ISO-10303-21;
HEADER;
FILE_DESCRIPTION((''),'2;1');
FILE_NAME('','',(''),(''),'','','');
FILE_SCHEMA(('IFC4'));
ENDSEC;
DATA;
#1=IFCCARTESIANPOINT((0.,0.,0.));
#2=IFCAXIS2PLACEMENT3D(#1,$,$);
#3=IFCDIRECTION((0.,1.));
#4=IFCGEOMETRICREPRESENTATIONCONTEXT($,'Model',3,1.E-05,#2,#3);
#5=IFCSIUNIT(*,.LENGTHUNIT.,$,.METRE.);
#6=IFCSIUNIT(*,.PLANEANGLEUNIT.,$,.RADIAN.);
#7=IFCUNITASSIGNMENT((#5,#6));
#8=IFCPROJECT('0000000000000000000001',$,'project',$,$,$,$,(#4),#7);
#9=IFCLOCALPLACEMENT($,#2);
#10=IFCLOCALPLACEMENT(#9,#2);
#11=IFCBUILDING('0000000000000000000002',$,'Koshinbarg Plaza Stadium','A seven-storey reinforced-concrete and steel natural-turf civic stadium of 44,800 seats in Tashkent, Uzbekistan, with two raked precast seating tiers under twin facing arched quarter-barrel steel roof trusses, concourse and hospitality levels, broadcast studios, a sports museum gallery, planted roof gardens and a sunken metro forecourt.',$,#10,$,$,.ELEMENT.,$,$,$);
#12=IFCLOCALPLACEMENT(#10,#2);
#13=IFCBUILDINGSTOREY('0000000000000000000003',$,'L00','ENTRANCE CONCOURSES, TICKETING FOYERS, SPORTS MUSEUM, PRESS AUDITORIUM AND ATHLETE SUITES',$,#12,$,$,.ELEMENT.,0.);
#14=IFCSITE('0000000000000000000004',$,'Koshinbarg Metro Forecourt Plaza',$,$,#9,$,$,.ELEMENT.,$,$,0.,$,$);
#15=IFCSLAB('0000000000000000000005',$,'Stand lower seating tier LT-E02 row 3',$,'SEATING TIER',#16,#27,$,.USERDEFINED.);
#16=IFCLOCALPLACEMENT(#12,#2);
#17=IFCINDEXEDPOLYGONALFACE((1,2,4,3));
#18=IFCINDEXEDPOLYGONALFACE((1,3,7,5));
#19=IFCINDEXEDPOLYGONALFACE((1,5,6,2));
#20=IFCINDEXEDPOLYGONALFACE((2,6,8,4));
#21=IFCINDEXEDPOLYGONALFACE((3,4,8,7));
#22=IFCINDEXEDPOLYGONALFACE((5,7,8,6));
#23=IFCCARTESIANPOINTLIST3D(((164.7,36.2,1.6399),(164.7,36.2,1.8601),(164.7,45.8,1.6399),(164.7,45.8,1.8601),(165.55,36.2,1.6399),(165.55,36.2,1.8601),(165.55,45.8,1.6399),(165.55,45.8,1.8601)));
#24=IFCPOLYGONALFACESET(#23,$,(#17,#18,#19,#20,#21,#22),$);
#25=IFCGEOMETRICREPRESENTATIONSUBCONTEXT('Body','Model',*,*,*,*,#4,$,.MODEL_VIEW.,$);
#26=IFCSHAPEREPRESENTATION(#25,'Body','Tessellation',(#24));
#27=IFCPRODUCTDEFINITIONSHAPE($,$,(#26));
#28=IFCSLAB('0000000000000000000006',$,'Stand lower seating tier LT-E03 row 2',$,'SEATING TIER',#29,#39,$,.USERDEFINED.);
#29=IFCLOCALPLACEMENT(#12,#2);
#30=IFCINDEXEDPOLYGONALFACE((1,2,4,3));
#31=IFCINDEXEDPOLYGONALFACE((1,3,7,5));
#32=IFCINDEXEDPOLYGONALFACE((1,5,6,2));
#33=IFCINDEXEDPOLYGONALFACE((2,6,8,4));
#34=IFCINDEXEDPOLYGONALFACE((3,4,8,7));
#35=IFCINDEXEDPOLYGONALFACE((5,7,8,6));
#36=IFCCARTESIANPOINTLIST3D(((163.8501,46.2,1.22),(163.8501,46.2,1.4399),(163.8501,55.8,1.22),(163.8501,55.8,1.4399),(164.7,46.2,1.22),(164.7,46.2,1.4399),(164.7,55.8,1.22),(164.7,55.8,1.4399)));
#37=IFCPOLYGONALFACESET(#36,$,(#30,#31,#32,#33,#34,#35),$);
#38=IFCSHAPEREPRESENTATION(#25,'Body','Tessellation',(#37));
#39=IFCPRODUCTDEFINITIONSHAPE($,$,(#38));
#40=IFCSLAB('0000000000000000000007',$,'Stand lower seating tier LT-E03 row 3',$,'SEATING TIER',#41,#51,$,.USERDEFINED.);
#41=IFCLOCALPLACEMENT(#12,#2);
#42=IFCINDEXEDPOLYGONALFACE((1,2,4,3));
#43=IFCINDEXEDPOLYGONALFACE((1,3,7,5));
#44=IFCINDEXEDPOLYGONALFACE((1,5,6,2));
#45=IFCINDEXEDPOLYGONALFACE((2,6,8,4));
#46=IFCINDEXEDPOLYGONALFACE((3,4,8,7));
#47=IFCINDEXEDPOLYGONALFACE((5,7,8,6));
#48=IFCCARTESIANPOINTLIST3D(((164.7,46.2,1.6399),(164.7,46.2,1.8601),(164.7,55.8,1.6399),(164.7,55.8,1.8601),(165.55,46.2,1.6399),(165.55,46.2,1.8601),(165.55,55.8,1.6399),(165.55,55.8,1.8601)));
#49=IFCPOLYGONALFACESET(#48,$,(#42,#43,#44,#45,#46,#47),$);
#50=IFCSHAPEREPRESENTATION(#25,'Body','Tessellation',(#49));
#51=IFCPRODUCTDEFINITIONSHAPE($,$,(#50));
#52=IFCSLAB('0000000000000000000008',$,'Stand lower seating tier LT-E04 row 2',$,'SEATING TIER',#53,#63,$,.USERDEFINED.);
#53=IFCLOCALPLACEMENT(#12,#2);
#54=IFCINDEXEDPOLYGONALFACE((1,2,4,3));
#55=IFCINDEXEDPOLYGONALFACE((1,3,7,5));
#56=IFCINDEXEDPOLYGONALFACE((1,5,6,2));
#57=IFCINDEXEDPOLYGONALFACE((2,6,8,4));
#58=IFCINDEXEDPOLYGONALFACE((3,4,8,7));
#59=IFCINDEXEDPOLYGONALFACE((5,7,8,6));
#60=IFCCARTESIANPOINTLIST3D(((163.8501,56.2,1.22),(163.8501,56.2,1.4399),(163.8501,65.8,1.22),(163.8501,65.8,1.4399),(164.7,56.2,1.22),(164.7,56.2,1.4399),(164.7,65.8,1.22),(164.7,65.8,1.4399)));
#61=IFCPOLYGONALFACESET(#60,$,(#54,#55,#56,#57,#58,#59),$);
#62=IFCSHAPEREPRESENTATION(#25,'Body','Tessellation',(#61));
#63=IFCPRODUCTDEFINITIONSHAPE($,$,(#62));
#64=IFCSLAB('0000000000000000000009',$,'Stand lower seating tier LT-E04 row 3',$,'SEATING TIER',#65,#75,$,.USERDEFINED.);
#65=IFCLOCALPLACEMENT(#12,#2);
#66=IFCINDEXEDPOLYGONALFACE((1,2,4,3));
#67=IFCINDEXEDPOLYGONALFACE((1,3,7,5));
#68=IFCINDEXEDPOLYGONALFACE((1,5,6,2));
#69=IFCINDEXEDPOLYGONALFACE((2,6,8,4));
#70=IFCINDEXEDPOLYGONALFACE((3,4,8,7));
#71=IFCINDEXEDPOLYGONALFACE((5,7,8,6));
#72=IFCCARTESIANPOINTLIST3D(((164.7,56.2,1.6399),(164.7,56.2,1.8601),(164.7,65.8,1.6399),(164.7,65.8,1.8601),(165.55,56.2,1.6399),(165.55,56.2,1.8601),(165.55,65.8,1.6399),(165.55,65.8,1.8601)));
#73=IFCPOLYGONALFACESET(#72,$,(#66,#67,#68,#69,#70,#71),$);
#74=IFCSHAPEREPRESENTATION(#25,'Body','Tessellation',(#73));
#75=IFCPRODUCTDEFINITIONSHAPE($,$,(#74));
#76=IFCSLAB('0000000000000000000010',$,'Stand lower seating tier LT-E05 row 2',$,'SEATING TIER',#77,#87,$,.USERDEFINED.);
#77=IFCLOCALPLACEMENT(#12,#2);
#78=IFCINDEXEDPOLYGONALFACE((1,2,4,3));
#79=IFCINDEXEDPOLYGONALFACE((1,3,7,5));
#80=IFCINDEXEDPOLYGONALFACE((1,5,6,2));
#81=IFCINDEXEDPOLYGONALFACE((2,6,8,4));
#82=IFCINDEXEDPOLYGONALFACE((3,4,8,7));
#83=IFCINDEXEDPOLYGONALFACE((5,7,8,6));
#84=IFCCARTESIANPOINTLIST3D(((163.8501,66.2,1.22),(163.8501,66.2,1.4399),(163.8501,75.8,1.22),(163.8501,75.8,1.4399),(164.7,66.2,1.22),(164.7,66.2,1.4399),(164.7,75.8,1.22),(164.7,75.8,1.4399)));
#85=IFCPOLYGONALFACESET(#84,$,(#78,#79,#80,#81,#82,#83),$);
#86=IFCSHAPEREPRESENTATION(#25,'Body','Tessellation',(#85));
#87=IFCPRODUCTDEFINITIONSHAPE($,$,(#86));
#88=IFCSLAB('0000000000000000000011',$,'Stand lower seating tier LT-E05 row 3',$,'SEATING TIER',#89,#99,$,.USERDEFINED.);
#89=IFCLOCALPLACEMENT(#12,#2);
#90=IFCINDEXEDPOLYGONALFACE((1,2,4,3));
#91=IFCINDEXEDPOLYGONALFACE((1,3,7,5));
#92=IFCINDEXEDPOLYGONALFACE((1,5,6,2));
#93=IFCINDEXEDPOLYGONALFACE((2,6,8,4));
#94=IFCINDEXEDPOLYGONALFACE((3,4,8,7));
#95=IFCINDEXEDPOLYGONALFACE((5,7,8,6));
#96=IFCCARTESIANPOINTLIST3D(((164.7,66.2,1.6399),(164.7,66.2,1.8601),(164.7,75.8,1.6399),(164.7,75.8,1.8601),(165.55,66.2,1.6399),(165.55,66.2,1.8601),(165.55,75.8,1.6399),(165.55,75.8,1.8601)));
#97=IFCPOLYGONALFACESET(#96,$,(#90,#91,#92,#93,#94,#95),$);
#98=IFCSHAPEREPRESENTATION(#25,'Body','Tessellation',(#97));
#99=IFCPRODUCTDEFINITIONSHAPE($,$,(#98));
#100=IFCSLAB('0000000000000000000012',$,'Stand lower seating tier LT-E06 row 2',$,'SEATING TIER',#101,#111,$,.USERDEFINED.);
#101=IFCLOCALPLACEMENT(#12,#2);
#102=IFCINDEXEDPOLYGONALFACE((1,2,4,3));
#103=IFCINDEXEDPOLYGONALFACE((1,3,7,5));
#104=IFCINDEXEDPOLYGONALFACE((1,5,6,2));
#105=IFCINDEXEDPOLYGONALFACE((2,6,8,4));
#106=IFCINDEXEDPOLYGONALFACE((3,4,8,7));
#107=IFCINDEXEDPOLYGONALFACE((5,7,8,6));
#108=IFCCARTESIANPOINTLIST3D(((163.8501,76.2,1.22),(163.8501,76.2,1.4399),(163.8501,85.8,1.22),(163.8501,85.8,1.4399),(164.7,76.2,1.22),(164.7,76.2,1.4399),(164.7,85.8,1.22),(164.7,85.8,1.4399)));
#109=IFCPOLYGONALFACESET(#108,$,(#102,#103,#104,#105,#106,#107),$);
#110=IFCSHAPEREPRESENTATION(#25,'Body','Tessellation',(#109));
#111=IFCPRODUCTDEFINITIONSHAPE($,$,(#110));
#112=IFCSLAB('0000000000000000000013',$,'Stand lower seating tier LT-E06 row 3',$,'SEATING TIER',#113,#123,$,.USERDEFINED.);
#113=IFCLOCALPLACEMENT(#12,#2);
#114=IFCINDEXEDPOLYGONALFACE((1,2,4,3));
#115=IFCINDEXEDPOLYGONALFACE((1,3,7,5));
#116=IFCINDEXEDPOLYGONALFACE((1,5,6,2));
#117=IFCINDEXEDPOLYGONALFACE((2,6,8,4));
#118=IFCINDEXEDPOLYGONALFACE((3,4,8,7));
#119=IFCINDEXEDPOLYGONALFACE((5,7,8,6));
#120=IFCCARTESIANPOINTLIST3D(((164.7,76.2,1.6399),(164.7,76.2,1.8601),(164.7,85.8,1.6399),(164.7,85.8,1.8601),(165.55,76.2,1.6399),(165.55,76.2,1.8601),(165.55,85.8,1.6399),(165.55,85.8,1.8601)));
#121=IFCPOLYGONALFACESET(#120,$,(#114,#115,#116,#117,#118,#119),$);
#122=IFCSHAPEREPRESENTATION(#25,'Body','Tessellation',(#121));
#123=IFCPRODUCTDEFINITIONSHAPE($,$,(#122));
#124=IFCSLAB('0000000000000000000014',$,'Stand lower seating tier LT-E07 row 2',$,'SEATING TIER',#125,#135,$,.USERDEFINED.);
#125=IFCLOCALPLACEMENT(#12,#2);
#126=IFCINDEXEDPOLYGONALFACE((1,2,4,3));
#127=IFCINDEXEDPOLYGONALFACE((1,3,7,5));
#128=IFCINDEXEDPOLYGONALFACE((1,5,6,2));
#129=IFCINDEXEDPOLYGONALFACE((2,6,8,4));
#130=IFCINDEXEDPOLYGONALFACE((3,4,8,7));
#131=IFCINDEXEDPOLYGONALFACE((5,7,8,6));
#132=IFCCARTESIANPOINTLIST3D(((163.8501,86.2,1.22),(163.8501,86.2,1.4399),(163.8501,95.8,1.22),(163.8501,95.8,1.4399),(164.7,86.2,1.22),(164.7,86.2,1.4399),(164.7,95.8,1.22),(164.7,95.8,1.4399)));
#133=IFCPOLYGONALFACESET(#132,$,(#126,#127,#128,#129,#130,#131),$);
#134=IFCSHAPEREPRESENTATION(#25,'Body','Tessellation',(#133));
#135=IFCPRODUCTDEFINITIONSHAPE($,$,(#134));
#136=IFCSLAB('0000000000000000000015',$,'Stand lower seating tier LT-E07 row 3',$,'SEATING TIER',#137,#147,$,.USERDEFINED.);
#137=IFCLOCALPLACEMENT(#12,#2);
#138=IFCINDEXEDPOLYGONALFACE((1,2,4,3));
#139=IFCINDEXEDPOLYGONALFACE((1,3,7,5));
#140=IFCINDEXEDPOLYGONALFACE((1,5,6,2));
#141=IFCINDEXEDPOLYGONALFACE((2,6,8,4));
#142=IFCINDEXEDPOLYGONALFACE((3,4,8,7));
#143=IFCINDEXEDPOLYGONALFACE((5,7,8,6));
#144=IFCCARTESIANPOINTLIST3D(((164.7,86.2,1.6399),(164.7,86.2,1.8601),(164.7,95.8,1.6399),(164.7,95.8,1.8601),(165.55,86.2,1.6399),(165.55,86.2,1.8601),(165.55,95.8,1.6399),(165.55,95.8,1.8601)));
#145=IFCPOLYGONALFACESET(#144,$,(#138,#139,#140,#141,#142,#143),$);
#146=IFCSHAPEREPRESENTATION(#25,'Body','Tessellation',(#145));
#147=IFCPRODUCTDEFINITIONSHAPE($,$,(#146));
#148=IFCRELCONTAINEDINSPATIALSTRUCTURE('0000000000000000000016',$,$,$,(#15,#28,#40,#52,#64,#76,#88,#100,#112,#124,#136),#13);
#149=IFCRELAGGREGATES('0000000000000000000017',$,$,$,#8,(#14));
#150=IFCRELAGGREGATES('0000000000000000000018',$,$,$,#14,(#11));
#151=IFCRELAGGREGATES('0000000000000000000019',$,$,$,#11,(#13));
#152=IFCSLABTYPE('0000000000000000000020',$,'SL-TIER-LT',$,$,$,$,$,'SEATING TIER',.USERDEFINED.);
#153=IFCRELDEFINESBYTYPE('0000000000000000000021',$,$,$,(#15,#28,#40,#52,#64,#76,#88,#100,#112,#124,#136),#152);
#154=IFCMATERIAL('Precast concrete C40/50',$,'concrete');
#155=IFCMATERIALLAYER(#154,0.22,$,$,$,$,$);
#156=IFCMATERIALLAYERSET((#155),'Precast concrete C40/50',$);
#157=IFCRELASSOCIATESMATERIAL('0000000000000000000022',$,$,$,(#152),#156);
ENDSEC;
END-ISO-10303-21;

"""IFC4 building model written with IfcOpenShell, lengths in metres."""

from ifc_helpers import new_model, si_unit, direction, frame, origin, place, context, subcontext, project, spatial, polyline, outline, extrude, material, layer, layer_set, type_object, element, save


model = new_model("IFC4")

# Units and contexts
model_context = context("Model", 3, precision=1e-05, world=origin(), true_north=direction((0.0, 1.0)))
body_context = subcontext(model_context, "Body", "Model", "MODEL_VIEW")
ifc_project = project(units=[si_unit("LENGTHUNIT", "METRE"), si_unit("PLANEANGLEUNIT", "RADIAN")], contexts=[model_context])

# Site, building, storey
site_placement = place(None, origin())
site = spatial("IfcSite", under=ifc_project, at=site_placement, Name="Koshinbarg Metro Forecourt Plaza", CompositionType="ELEMENT", RefElevation=0.0)
building_placement = place(site_placement, origin())
building = spatial("IfcBuilding", under=site, at=building_placement, Name="Koshinbarg Plaza Stadium", Description="A seven-storey reinforced-concrete and steel natural-turf civic stadium of 44,800 seats in Tashkent, Uzbekistan, with two raked precast seating tiers under twin facing arched quarter-barrel steel roof trusses, concourse and hospitality levels, broadcast studios, a sports museum gallery, planted roof gardens and a sunken metro forecourt.", CompositionType="ELEMENT")
storey_placement = place(building_placement, origin())
storey = spatial("IfcBuildingStorey", under=building, at=storey_placement, Name="L00", Description="ENTRANCE CONCOURSES, TICKETING FOYERS, SPORTS MUSEUM, PRESS AUDITORIUM AND ATHLETE SUITES", CompositionType="ELEMENT", Elevation=0.0)

# Slabs
ifc_material = material(Name="Precast concrete C40/50", Category="concrete")
ifc_layer = layer(ifc_material, 0.22)
ifc_layer_set = layer_set([ifc_layer], Name="Precast concrete C40/50")
slab_type = type_object("IfcSlabType", Name="SL-TIER-LT", ElementType="SEATING TIER", PredefinedType="USERDEFINED", material=ifc_layer_set)
slab_1_placement = place(storey_placement, frame((0.0, 0.0, 1.6399)))
element("IfcSlab", 1, at=slab_1_placement, inside=storey, type_object=slab_type, Name="Stand lower seating tier LT-E02 row 3", ObjectType="SEATING TIER", PredefinedType="USERDEFINED", context=body_context, shape_type="SweptSolid", body=[
    extrude(outline(polyline([(164.7, 36.2), (165.55, 36.2), (165.55, 45.8), (164.7, 45.8), (164.7, 36.2)])), origin(), (0.0, 0.0, 1.0), 0.2202),
])
slab_2_placement = place(storey_placement, frame((0.0, 0.0, 1.22)))
element("IfcSlab", 2, at=slab_2_placement, inside=storey, type_object=slab_type, Name="Stand lower seating tier LT-E03 row 2", ObjectType="SEATING TIER", PredefinedType="USERDEFINED", context=body_context, shape_type="SweptSolid", body=[
    extrude(outline(polyline([(163.8501, 46.2), (164.7, 46.2), (164.7, 55.8), (163.8501, 55.8), (163.8501, 46.2)])), origin(), (0.0, 0.0, 1.0), 0.22),
])
slab_3_placement = place(storey_placement, frame((0.0, 0.0, 1.6399)))
element("IfcSlab", 3, at=slab_3_placement, inside=storey, type_object=slab_type, Name="Stand lower seating tier LT-E03 row 3", ObjectType="SEATING TIER", PredefinedType="USERDEFINED", context=body_context, shape_type="SweptSolid", body=[
    extrude(outline(polyline([(164.7, 46.2), (165.55, 46.2), (165.55, 55.8), (164.7, 55.8), (164.7, 46.2)])), origin(), (0.0, 0.0, 1.0), 0.2202),
])
slab_4_placement = place(storey_placement, frame((0.0, 0.0, 1.22)))
element("IfcSlab", 4, at=slab_4_placement, inside=storey, type_object=slab_type, Name="Stand lower seating tier LT-E04 row 2", ObjectType="SEATING TIER", PredefinedType="USERDEFINED", context=body_context, shape_type="SweptSolid", body=[
    extrude(outline(polyline([(163.8501, 56.2), (164.7, 56.2), (164.7, 65.8), (163.8501, 65.8), (163.8501, 56.2)])), origin(), (0.0, 0.0, 1.0), 0.22),
])
slab_5_placement = place(storey_placement, frame((0.0, 0.0, 1.6399)))
element("IfcSlab", 5, at=slab_5_placement, inside=storey, type_object=slab_type, Name="Stand lower seating tier LT-E04 row 3", ObjectType="SEATING TIER", PredefinedType="USERDEFINED", context=body_context, shape_type="SweptSolid", body=[
    extrude(outline(polyline([(164.7, 56.2), (165.55, 56.2), (165.55, 65.8), (164.7, 65.8), (164.7, 56.2)])), origin(), (0.0, 0.0, 1.0), 0.2202),
])
slab_6_placement = place(storey_placement, frame((0.0, 0.0, 1.22)))
element("IfcSlab", 6, at=slab_6_placement, inside=storey, type_object=slab_type, Name="Stand lower seating tier LT-E05 row 2", ObjectType="SEATING TIER", PredefinedType="USERDEFINED", context=body_context, shape_type="SweptSolid", body=[
    extrude(outline(polyline([(163.8501, 66.2), (164.7, 66.2), (164.7, 75.8), (163.8501, 75.8), (163.8501, 66.2)])), origin(), (0.0, 0.0, 1.0), 0.22),
])
slab_7_placement = place(storey_placement, frame((0.0, 0.0, 1.6399)))
element("IfcSlab", 7, at=slab_7_placement, inside=storey, type_object=slab_type, Name="Stand lower seating tier LT-E05 row 3", ObjectType="SEATING TIER", PredefinedType="USERDEFINED", context=body_context, shape_type="SweptSolid", body=[
    extrude(outline(polyline([(164.7, 66.2), (165.55, 66.2), (165.55, 75.8), (164.7, 75.8), (164.7, 66.2)])), origin(), (0.0, 0.0, 1.0), 0.2202),
])
slab_8_placement = place(storey_placement, frame((0.0, 0.0, 1.22)))
element("IfcSlab", 8, at=slab_8_placement, inside=storey, type_object=slab_type, Name="Stand lower seating tier LT-E06 row 2", ObjectType="SEATING TIER", PredefinedType="USERDEFINED", context=body_context, shape_type="SweptSolid", body=[
    extrude(outline(polyline([(163.8501, 76.2), (164.7, 76.2), (164.7, 85.8), (163.8501, 85.8), (163.8501, 76.2)])), origin(), (0.0, 0.0, 1.0), 0.22),
])
slab_9_placement = place(storey_placement, frame((0.0, 0.0, 1.6399)))
element("IfcSlab", 9, at=slab_9_placement, inside=storey, type_object=slab_type, Name="Stand lower seating tier LT-E06 row 3", ObjectType="SEATING TIER", PredefinedType="USERDEFINED", context=body_context, shape_type="SweptSolid", body=[
    extrude(outline(polyline([(164.7, 76.2), (165.55, 76.2), (165.55, 85.8), (164.7, 85.8), (164.7, 76.2)])), origin(), (0.0, 0.0, 1.0), 0.2202),
])
slab_10_placement = place(storey_placement, frame((0.0, 0.0, 1.22)))
element("IfcSlab", 10, at=slab_10_placement, inside=storey, type_object=slab_type, Name="Stand lower seating tier LT-E07 row 2", ObjectType="SEATING TIER", PredefinedType="USERDEFINED", context=body_context, shape_type="SweptSolid", body=[
    extrude(outline(polyline([(163.8501, 86.2), (164.7, 86.2), (164.7, 95.8), (163.8501, 95.8), (163.8501, 86.2)])), origin(), (0.0, 0.0, 1.0), 0.22),
])
slab_11_placement = place(storey_placement, frame((0.0, 0.0, 1.6399)))
element("IfcSlab", 11, at=slab_11_placement, inside=storey, type_object=slab_type, Name="Stand lower seating tier LT-E07 row 3", ObjectType="SEATING TIER", PredefinedType="USERDEFINED", context=body_context, shape_type="SweptSolid", body=[
    extrude(outline(polyline([(164.7, 86.2), (165.55, 86.2), (165.55, 95.8), (164.7, 95.8), (164.7, 86.2)])), origin(), (0.0, 0.0, 1.0), 0.2202),
])

save(model, "model.ifc")
